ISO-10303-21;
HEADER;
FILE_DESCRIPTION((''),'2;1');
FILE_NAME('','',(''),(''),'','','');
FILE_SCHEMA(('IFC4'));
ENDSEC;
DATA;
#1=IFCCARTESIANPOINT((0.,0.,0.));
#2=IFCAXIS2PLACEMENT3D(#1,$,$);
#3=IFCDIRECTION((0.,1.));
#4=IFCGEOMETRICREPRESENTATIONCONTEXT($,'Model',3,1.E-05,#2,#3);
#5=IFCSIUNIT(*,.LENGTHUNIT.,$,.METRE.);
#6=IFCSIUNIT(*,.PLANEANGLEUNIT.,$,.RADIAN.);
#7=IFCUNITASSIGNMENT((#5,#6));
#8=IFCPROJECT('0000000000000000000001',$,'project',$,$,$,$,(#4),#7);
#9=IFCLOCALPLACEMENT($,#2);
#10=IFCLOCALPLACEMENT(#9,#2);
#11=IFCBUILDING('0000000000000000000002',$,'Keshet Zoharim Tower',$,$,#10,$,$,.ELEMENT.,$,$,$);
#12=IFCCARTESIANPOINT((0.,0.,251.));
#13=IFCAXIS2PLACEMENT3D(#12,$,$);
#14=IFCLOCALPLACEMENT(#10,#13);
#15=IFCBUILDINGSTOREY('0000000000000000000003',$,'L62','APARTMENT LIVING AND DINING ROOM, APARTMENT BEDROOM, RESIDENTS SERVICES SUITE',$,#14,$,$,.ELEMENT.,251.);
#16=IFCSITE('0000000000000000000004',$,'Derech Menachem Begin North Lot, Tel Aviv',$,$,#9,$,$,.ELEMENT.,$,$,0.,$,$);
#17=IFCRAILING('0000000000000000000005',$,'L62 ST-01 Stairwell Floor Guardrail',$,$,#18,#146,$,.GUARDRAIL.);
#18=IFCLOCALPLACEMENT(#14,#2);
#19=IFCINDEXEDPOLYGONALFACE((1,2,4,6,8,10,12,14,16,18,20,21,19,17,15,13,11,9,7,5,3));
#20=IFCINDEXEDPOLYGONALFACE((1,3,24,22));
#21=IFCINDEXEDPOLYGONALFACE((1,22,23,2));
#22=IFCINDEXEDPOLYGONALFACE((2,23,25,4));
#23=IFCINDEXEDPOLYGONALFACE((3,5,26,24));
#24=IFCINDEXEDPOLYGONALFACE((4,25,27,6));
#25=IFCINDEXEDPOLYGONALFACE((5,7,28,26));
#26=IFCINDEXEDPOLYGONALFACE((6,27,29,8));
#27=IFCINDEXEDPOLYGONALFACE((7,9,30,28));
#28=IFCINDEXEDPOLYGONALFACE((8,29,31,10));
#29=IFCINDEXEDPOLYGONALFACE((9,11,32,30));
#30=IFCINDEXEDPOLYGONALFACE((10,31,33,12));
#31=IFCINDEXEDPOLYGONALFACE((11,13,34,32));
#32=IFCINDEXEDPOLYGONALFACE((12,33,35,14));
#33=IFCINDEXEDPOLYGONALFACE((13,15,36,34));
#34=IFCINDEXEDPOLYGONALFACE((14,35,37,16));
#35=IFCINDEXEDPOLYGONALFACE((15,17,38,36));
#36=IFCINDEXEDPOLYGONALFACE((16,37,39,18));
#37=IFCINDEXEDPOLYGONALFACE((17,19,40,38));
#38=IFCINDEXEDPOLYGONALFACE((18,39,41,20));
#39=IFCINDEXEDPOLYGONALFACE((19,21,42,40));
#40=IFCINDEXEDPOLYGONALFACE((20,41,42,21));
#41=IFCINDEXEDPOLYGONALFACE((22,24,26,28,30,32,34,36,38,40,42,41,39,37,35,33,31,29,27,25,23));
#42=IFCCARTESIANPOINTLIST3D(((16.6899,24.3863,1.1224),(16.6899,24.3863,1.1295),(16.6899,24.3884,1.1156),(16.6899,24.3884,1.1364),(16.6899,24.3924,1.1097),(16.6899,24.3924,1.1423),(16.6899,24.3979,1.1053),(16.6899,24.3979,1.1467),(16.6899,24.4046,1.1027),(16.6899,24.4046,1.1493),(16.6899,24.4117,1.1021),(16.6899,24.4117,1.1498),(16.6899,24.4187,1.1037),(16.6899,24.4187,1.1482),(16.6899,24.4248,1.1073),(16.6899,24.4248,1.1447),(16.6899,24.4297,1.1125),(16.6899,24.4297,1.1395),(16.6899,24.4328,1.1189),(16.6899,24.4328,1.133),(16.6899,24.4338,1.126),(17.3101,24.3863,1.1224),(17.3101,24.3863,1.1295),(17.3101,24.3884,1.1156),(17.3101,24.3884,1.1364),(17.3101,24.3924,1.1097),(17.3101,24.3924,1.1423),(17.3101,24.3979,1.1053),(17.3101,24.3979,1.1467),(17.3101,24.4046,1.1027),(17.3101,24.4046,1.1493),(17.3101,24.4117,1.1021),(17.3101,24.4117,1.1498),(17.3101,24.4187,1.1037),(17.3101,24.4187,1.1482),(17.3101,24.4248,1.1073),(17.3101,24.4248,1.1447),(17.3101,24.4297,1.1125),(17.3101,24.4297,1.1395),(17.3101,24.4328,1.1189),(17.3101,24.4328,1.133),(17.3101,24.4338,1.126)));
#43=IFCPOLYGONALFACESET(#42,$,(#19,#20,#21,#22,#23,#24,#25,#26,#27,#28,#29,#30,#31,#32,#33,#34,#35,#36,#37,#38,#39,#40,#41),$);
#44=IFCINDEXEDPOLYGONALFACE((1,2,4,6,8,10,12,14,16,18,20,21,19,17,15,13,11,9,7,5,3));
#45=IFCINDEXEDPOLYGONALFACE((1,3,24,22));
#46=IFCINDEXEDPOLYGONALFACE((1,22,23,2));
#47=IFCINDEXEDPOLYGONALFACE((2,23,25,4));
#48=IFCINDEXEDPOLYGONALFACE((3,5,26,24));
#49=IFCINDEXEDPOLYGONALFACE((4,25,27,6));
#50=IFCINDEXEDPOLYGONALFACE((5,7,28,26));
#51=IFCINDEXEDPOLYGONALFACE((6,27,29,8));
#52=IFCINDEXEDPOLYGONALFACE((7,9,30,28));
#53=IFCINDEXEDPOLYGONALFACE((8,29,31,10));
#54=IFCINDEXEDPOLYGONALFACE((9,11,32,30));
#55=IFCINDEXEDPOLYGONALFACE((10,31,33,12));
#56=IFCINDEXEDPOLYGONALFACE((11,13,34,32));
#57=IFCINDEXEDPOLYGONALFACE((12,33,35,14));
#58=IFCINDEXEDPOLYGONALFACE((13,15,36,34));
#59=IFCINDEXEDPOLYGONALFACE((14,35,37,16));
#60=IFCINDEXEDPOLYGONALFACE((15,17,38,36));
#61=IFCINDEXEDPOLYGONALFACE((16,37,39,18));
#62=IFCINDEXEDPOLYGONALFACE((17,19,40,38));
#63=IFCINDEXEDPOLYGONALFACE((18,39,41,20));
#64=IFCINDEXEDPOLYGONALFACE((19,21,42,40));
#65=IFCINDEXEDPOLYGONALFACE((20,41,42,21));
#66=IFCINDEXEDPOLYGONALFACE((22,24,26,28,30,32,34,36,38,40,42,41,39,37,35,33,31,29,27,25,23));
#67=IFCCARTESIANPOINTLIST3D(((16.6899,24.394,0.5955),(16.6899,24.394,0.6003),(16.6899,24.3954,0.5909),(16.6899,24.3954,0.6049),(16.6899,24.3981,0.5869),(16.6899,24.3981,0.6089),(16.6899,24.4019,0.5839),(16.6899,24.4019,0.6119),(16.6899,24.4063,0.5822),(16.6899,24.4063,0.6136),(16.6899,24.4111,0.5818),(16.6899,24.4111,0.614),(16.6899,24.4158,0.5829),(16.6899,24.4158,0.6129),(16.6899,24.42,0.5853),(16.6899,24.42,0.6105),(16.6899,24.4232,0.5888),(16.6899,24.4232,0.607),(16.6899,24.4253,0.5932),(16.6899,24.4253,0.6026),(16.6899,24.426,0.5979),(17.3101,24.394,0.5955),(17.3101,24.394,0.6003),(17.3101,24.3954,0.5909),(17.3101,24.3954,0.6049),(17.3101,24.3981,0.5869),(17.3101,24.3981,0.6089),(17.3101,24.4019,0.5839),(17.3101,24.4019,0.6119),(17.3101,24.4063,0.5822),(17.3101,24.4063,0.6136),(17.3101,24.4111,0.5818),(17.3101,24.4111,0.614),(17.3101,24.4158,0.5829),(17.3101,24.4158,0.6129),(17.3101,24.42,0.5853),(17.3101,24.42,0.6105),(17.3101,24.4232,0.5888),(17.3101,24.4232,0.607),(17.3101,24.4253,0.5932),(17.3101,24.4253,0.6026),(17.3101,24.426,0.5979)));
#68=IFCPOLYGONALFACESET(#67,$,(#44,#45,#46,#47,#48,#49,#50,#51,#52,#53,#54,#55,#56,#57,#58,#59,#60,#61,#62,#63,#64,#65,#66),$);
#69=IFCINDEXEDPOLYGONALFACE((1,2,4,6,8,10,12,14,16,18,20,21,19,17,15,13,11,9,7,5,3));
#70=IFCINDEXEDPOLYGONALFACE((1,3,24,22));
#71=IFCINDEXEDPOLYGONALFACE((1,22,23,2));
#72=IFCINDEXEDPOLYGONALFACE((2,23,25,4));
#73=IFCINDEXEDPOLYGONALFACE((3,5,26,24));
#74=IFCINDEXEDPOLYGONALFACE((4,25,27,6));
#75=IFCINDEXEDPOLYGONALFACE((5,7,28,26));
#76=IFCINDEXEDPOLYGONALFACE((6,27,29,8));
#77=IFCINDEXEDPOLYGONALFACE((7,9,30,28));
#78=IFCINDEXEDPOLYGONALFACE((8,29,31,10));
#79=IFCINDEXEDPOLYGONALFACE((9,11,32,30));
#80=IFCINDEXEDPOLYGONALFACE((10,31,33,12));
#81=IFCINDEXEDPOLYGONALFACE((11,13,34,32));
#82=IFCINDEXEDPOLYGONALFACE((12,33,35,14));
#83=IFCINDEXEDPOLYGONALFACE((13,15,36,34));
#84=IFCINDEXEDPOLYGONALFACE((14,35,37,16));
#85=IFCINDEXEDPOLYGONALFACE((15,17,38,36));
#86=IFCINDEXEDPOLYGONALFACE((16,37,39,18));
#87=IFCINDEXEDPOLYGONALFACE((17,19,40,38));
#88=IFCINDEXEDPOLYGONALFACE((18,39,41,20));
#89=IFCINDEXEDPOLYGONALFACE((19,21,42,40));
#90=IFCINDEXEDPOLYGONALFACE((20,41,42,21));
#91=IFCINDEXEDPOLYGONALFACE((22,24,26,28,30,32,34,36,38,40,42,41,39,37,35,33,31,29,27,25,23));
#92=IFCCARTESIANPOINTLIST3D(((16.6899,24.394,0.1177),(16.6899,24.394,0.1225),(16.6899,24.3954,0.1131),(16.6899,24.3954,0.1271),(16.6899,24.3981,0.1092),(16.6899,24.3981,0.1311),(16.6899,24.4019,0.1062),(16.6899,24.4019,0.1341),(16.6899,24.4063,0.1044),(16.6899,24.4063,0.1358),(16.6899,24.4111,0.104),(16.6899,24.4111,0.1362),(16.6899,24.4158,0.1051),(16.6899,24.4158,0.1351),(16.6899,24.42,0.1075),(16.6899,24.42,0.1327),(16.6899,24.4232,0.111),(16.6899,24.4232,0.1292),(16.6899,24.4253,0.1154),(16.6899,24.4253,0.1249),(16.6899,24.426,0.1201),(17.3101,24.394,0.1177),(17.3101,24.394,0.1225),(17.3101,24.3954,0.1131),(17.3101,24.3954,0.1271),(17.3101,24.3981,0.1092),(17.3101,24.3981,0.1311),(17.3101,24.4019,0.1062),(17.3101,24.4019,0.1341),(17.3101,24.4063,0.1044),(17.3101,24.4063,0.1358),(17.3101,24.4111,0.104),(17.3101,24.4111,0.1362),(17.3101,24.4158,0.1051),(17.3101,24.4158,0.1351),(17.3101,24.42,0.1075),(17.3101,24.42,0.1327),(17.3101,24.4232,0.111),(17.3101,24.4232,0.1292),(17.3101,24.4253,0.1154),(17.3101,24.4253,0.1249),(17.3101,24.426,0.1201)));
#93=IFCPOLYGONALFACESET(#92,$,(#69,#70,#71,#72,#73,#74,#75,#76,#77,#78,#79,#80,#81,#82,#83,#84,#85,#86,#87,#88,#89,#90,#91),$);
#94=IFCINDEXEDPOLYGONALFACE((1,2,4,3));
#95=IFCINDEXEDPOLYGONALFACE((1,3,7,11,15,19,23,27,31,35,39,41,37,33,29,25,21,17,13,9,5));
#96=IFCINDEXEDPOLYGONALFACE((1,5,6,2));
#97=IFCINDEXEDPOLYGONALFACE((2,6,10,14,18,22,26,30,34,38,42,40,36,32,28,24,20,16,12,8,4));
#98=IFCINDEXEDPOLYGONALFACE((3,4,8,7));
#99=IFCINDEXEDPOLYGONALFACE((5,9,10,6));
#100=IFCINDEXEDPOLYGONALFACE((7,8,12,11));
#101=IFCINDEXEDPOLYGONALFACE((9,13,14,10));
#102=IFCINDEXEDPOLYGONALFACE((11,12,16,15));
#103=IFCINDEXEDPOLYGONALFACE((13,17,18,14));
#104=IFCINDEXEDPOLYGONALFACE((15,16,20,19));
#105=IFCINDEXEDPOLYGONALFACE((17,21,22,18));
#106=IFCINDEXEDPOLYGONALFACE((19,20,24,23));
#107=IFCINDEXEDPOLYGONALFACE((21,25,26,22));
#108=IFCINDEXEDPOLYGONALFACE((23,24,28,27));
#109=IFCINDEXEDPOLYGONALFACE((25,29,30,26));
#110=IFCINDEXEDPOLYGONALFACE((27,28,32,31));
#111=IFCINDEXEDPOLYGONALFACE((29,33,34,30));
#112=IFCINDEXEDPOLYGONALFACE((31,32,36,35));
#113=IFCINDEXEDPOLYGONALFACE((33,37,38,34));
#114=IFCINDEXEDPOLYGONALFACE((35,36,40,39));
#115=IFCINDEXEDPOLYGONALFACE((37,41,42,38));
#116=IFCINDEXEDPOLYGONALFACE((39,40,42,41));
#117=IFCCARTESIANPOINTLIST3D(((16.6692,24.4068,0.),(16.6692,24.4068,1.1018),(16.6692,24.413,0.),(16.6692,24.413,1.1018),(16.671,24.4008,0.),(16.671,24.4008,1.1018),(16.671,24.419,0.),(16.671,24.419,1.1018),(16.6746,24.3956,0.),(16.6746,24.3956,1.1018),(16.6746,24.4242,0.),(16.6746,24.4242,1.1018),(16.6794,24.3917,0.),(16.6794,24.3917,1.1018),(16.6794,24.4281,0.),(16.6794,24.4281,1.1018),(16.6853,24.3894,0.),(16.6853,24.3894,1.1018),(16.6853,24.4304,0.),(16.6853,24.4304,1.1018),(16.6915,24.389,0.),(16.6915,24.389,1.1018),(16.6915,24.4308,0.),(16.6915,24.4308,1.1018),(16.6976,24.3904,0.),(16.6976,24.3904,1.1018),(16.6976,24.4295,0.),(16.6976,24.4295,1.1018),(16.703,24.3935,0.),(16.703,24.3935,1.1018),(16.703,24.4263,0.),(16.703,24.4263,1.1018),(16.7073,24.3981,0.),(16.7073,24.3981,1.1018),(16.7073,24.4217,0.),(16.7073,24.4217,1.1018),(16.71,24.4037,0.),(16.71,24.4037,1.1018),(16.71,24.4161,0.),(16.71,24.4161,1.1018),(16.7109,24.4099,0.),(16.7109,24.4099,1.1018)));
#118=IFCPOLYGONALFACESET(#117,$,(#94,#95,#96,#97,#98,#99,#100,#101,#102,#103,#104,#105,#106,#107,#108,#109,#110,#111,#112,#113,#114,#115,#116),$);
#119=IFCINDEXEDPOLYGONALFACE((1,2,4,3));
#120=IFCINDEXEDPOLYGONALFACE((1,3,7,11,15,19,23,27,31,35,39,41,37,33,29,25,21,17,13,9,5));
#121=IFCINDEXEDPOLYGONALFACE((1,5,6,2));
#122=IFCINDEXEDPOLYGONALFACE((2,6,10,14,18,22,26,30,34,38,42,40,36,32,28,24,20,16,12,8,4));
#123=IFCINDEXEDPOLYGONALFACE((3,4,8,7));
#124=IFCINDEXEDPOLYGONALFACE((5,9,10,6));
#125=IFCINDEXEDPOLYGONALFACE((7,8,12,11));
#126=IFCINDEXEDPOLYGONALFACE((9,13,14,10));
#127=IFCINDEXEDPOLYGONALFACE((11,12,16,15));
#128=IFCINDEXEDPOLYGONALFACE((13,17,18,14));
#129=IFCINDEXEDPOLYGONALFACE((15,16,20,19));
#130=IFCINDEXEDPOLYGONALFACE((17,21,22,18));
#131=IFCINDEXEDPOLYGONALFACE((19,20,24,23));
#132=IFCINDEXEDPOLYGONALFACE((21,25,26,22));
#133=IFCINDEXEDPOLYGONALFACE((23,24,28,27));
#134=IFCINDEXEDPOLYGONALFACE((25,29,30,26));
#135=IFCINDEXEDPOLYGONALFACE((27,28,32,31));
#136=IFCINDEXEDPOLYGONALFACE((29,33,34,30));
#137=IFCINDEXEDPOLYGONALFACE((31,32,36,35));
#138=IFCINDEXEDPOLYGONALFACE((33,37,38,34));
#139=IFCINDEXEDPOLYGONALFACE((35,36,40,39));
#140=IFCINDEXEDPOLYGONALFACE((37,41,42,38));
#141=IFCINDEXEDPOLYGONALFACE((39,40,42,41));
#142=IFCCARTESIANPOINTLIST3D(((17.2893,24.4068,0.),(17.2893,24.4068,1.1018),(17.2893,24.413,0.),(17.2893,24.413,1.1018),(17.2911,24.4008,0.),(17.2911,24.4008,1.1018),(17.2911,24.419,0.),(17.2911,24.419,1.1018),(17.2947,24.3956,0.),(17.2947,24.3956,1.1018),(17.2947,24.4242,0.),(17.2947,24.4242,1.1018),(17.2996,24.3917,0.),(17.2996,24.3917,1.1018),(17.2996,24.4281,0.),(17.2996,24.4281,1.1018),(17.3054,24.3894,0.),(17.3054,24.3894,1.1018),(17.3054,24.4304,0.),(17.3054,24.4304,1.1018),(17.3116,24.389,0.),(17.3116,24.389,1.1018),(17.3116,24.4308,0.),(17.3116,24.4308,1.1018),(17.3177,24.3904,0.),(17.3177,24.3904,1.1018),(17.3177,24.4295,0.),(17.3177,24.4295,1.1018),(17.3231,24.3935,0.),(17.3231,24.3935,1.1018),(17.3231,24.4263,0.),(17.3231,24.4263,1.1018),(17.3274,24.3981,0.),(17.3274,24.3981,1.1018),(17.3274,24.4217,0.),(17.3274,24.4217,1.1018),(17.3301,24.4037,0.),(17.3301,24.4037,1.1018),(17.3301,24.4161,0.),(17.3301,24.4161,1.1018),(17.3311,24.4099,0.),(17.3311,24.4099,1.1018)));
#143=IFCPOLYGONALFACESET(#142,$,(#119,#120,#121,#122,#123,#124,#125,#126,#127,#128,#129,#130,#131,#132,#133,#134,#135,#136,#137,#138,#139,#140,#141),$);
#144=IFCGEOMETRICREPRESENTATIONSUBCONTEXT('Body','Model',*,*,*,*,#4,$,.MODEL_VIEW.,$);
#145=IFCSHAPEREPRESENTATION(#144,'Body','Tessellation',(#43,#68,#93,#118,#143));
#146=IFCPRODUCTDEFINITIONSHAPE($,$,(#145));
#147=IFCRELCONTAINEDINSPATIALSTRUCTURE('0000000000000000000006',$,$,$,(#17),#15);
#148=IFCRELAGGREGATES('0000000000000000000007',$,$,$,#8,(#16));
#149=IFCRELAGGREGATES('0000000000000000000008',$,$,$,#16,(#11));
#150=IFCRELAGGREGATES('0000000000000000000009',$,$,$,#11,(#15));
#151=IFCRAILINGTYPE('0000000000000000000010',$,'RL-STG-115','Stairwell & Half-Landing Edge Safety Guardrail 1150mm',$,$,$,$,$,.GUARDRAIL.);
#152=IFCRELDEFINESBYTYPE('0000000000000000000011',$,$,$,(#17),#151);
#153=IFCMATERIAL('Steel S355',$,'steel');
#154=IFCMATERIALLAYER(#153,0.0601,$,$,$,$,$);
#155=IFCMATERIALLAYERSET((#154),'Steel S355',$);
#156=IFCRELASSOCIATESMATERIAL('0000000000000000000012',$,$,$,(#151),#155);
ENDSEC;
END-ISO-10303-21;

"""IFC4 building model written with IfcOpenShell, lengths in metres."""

from ifc_helpers import new_model, si_unit, direction, frame, origin, origin_2d, place, context, subcontext, project, spatial, circle, extrude, material, layer, layer_set, type_object, element, save


model = new_model("IFC4")

# Units and contexts
model_context = context("Model", 3, precision=1e-05, world=origin(), true_north=direction((0.0, 1.0)))
body_context = subcontext(model_context, "Body", "Model", "MODEL_VIEW")
ifc_project = project(units=[si_unit("LENGTHUNIT", "METRE"), si_unit("PLANEANGLEUNIT", "RADIAN")], contexts=[model_context])

# Site, building, storey
site_placement = place(None, origin())
site = spatial("IfcSite", under=ifc_project, at=site_placement, Name="Derech Menachem Begin North Lot, Tel Aviv", CompositionType="ELEMENT", RefElevation=0.0)
building_placement = place(site_placement, origin())
building = spatial("IfcBuilding", under=site, at=building_placement, Name="Keshet Zoharim Tower", CompositionType="ELEMENT")
storey_placement = place(building_placement, frame((0.0, 0.0, 251.0)))
storey = spatial("IfcBuildingStorey", under=building, at=storey_placement, Name="L62", Description="APARTMENT LIVING AND DINING ROOM, APARTMENT BEDROOM, RESIDENTS SERVICES SUITE", CompositionType="ELEMENT", Elevation=251.0)

# Shared definitions
ifc_material_1 = material(Name="Steel S355", Category="steel")

# Railing
ifc_layer_1 = layer(ifc_material_1, 0.0601)
ifc_layer_set_1 = layer_set([ifc_layer_1], Name="Steel S355")
railing_type_1 = type_object("IfcRailingType", Name="RL-STG-115", Description="Stairwell & Half-Landing Edge Safety Guardrail 1150mm", PredefinedType="GUARDRAIL", material=ifc_layer_set_1)
railing_1_placement = place(storey_placement, frame((16.6899, 24.4099, 0.0)))
element("IfcRailing", 1, at=railing_1_placement, inside=storey, type_object=railing_type_1, Name="L62 ST-01 Stairwell Floor Guardrail", PredefinedType="GUARDRAIL", context=body_context, shape_type="SweptSolid", body=[
    extrude(circle(Radius=0.0239, at=origin_2d()), frame((0.0, 0.0, 1.126), z_axis=(1.0, 0.0, 0.0), x_axis=(0.0, 1.0, 0.0)), (0.0, 0.0, 1.0), 0.6201),
    extrude(circle(Radius=0.0161, at=origin_2d()), frame((0.0, 0.0, 0.5979), z_axis=(1.0, 0.0, 0.0), x_axis=(0.0, 1.0, 0.0)), (0.0, 0.0, 1.0), 0.6201),
    extrude(circle(Radius=0.0161, at=origin_2d()), frame((0.0, 0.0, 0.1201), z_axis=(1.0, 0.0, 0.0), x_axis=(0.0, 1.0, 0.0)), (0.0, 0.0, 1.0), 0.6201),
    extrude(circle(Radius=0.021, at=origin_2d()), origin(), (0.0, 0.0, 1.0), 1.1018),
    extrude(circle(Radius=0.021, at=origin_2d()), frame((0.6201, 0.0, 0.0)), (0.0, 0.0, 1.0), 1.1018),
])

save(model, "model.ifc")
